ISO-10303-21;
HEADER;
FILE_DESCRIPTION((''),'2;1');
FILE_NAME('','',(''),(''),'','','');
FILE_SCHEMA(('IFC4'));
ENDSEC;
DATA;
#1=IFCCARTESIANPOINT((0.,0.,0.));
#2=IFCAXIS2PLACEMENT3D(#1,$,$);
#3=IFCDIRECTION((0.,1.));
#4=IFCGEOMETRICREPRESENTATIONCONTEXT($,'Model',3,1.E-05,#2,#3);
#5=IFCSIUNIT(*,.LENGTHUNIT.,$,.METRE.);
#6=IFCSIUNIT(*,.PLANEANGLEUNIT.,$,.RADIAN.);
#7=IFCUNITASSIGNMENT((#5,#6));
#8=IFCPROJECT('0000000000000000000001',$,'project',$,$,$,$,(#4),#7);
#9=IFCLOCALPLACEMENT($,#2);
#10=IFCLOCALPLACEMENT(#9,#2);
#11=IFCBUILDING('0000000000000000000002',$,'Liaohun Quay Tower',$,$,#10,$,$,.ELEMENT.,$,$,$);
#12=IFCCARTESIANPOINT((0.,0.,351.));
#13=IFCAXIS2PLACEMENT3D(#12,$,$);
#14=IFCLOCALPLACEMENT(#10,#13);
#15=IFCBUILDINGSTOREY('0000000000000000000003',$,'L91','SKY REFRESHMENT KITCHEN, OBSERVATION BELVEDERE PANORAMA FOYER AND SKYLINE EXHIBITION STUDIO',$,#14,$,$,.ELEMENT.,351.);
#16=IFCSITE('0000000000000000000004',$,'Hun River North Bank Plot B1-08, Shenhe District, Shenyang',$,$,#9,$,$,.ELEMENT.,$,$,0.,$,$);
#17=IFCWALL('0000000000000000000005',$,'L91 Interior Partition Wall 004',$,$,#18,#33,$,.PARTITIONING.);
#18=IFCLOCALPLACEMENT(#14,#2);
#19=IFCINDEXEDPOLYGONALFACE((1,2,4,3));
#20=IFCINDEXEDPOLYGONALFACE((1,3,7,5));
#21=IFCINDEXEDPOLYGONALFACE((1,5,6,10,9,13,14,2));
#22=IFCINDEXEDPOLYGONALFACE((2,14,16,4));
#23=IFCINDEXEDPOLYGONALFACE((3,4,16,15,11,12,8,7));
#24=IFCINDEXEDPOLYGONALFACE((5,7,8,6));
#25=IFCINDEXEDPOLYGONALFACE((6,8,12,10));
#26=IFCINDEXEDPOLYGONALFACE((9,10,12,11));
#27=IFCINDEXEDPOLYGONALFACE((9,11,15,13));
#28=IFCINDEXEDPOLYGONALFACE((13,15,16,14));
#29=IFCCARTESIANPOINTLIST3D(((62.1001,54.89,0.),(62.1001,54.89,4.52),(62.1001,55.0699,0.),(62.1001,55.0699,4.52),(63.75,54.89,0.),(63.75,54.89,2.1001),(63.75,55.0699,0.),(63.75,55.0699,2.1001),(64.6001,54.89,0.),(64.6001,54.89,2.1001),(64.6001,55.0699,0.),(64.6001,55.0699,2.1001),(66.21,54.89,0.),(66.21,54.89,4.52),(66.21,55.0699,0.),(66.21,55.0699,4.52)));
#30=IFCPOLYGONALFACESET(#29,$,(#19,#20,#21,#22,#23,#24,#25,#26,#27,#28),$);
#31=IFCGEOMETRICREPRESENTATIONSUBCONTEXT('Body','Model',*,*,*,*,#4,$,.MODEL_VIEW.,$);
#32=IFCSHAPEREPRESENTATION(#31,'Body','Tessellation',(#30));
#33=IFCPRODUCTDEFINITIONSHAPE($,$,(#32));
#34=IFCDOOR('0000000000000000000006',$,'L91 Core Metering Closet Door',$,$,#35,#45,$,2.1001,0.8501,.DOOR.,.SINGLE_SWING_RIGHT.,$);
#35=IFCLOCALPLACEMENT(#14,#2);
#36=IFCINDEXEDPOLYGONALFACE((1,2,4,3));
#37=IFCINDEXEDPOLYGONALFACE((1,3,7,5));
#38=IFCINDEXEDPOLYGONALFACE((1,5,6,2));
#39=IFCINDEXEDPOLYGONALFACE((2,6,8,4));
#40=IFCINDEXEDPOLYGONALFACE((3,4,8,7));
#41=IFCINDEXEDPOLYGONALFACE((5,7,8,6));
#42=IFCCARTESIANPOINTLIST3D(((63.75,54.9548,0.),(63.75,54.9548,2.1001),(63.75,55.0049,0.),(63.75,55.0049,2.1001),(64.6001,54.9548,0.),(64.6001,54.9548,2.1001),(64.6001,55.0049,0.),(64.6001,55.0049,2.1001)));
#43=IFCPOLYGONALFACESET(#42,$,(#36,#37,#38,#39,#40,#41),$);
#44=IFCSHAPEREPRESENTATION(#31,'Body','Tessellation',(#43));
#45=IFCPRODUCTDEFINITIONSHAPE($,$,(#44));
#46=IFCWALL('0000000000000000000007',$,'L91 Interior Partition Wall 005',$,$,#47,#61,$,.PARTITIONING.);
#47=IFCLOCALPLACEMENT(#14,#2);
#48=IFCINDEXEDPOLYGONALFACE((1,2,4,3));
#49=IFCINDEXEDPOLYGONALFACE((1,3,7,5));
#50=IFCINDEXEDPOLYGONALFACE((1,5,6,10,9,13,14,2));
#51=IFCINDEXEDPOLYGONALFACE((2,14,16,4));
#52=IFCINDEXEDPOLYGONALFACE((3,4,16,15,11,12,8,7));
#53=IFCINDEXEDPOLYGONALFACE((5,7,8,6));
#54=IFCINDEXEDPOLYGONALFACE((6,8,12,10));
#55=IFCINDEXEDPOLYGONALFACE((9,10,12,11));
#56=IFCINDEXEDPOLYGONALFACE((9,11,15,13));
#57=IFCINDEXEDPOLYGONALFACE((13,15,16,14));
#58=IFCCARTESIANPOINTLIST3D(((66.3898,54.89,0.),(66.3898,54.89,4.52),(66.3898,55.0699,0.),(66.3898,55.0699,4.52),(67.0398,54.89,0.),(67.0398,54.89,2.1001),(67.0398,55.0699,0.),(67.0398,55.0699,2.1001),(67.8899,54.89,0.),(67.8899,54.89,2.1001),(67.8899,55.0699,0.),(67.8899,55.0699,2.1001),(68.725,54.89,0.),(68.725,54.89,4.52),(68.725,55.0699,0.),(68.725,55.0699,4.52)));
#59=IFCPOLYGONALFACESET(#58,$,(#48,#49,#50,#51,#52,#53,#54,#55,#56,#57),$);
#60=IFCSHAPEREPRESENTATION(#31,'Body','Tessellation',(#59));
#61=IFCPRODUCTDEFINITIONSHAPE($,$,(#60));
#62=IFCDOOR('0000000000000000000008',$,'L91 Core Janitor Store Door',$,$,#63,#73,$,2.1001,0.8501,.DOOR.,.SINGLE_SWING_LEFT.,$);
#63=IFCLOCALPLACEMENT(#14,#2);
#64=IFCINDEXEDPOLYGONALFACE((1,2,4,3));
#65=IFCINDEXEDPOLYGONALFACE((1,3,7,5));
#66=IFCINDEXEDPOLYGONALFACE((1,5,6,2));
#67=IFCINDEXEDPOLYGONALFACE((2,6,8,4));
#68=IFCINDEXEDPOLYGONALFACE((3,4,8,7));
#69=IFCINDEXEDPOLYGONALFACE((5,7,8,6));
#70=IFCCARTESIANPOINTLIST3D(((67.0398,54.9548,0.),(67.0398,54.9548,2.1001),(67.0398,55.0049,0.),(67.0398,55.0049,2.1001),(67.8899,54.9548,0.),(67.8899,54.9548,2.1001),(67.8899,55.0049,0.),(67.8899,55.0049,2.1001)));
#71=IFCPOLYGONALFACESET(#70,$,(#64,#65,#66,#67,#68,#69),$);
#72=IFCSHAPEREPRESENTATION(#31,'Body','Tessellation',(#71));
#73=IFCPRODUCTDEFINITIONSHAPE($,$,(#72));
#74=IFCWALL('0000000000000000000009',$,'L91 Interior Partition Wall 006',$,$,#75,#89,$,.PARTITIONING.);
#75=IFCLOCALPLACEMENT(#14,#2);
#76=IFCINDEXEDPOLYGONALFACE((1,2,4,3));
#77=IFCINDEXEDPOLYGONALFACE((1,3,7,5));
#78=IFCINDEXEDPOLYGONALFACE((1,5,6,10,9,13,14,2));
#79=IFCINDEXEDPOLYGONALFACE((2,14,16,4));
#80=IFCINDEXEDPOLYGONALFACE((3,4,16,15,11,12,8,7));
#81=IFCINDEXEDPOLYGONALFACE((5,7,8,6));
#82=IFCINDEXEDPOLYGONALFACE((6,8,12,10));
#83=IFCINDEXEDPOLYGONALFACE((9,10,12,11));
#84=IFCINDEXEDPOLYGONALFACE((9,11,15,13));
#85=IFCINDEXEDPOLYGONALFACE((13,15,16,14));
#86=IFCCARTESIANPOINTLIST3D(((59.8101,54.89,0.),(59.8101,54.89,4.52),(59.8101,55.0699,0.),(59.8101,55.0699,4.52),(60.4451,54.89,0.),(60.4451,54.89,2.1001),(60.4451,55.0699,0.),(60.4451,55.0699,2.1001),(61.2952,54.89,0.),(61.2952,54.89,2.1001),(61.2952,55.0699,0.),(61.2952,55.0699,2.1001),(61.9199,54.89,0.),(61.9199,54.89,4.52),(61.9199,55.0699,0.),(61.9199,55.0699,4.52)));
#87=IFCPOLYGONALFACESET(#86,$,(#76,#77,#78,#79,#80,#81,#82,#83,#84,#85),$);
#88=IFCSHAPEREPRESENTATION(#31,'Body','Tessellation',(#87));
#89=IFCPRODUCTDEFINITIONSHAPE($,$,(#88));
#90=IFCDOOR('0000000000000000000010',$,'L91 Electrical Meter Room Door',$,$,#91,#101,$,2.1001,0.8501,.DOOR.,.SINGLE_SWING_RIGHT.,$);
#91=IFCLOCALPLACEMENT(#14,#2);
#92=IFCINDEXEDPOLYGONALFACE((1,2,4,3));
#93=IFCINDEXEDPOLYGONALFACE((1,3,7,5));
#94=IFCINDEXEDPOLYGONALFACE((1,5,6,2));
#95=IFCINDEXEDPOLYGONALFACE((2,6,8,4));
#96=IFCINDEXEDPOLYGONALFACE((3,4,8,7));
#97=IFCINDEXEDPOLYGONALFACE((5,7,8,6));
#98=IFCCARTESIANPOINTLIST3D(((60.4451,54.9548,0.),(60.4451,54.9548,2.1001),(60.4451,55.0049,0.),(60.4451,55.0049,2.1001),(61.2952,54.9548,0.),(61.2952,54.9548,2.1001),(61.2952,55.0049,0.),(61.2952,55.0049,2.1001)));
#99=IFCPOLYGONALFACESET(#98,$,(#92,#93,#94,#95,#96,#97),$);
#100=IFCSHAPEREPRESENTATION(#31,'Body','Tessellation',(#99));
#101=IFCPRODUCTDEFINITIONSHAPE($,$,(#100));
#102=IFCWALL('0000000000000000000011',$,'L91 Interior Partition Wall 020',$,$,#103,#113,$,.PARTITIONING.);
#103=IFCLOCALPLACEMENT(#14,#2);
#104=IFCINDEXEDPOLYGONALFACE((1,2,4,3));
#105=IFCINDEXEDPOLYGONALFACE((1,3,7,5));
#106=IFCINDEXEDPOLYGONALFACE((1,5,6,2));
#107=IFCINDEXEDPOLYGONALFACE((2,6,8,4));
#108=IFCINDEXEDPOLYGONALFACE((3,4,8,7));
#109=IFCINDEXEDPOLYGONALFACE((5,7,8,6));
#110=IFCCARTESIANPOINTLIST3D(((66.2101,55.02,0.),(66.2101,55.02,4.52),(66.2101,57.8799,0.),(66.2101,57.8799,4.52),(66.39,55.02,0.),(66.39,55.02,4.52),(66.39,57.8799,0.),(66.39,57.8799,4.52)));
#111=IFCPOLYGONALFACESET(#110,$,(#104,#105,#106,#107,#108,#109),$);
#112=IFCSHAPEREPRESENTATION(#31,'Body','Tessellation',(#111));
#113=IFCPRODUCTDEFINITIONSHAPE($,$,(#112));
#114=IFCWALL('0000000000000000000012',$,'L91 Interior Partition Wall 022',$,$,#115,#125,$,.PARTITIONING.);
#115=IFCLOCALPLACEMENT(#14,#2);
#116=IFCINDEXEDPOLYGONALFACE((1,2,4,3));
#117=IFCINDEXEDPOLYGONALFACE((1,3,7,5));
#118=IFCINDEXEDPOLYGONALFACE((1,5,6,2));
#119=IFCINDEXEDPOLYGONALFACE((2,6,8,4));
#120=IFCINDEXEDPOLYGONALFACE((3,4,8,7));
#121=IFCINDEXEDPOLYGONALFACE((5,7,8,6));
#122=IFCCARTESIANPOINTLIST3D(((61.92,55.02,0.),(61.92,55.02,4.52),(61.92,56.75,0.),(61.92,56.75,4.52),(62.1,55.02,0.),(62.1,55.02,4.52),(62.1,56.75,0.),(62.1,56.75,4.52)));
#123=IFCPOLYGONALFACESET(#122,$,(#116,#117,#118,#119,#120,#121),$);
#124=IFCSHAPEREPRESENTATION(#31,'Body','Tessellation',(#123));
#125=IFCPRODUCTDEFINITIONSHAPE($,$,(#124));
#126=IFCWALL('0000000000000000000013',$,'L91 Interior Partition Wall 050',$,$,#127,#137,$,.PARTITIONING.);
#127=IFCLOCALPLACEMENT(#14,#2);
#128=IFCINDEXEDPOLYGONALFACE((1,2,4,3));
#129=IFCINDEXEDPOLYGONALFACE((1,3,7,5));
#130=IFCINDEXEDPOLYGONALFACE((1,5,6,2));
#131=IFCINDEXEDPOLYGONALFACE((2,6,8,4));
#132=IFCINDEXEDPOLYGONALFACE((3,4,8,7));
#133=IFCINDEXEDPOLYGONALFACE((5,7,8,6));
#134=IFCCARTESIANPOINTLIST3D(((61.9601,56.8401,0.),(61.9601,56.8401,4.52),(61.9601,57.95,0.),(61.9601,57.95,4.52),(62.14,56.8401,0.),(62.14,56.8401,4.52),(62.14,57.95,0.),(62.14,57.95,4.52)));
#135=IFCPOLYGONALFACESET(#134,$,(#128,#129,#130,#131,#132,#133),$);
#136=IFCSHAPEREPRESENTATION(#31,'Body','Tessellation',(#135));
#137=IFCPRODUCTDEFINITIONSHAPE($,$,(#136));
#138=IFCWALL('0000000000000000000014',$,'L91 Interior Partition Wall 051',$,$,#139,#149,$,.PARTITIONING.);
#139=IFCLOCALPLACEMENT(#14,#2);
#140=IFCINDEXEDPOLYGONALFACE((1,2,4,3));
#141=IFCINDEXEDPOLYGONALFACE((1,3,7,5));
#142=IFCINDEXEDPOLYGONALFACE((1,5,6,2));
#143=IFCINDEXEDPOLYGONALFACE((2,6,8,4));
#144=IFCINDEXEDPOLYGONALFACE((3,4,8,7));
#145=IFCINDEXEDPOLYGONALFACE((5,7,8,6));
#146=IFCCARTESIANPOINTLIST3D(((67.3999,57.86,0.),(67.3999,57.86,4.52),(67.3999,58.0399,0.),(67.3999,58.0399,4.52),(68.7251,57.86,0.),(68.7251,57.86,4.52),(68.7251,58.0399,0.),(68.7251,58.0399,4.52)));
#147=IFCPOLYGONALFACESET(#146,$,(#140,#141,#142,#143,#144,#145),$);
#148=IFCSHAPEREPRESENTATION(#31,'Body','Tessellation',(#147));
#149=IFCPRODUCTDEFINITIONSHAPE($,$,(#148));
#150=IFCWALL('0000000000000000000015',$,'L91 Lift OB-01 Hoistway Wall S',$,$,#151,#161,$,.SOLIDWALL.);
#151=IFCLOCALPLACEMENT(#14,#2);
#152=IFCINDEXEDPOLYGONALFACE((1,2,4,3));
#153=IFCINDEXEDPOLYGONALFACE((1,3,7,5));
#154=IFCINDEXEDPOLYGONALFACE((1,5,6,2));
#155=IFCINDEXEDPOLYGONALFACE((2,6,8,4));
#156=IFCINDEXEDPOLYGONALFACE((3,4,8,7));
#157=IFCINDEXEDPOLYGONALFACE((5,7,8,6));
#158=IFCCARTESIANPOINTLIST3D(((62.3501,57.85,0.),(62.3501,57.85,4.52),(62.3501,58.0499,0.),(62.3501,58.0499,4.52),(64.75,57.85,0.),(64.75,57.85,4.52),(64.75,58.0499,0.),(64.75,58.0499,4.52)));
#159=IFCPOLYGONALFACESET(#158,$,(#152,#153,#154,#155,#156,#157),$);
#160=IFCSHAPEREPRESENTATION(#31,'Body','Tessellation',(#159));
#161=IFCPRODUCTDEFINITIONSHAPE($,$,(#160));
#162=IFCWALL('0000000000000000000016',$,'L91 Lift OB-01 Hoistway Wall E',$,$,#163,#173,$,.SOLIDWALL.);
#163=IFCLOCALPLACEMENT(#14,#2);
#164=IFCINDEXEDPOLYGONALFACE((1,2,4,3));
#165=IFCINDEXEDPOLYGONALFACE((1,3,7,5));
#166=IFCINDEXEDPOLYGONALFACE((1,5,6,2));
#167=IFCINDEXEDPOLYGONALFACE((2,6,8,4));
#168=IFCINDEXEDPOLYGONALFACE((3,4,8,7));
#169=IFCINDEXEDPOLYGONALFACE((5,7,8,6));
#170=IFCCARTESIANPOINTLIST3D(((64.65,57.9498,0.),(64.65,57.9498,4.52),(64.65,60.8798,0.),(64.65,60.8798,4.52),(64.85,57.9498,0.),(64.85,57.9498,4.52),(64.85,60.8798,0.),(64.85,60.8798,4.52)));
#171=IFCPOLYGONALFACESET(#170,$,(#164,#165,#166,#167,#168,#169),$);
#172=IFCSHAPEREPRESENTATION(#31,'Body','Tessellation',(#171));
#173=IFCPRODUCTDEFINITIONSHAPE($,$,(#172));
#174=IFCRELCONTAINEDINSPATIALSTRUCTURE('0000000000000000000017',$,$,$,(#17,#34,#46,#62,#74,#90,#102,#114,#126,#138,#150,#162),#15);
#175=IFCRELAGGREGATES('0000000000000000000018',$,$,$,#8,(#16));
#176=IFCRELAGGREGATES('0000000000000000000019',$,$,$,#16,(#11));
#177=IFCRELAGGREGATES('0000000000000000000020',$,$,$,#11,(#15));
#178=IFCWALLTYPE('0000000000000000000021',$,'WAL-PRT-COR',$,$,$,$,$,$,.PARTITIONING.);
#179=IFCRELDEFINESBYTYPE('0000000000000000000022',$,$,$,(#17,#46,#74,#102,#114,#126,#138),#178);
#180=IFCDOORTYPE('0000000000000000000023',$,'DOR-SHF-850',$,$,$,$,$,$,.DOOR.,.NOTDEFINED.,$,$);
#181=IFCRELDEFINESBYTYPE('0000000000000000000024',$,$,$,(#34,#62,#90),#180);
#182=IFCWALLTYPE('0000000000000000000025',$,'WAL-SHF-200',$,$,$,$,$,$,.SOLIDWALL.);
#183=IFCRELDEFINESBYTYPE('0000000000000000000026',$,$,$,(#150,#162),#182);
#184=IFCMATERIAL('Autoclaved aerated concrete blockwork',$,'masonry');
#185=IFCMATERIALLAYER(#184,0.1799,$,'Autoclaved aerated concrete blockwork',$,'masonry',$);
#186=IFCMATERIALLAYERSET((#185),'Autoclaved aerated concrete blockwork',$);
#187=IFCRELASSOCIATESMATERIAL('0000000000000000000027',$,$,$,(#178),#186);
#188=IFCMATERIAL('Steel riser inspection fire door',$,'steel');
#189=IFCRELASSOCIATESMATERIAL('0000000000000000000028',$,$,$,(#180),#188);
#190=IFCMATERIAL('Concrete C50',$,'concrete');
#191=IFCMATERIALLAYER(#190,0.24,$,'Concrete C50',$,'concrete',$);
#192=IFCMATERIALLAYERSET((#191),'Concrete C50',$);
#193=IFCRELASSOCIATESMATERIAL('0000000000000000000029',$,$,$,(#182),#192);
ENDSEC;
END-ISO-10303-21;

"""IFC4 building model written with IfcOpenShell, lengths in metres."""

from ifc_helpers import new_model, si_unit, direction, frame, frame_2d, origin, place, context, subcontext, project, spatial, rectangle, extrude, source, transform, mapped, material, layer, layer_set, type_object, element, fill, save


model = new_model("IFC4")

# Units and contexts
model_context = context("Model", 3, precision=1e-05, world=origin(), true_north=direction((0.0, 1.0)))
body_context = subcontext(model_context, "Body", "Model", "MODEL_VIEW")
ifc_project = project(units=[si_unit("LENGTHUNIT", "METRE"), si_unit("PLANEANGLEUNIT", "RADIAN")], contexts=[model_context])

# Site, building, storey
site_placement = place(None, origin())
site = spatial("IfcSite", under=ifc_project, at=site_placement, Name="Hun River North Bank Plot B1-08, Shenhe District, Shenyang", CompositionType="ELEMENT", RefElevation=0.0)
building_placement = place(site_placement, origin())
building = spatial("IfcBuilding", under=site, at=building_placement, Name="Liaohun Quay Tower", CompositionType="ELEMENT")
storey_placement = place(building_placement, frame((0.0, 0.0, 351.0)))
storey = spatial("IfcBuildingStorey", under=building, at=storey_placement, Name="L91", Description="SKY REFRESHMENT KITCHEN, OBSERVATION BELVEDERE PANORAMA FOYER AND SKYLINE EXHIBITION STUDIO", CompositionType="ELEMENT", Elevation=351.0)

# Shared definitions
ifc_material_1 = material(Name="Concrete C50", Category="concrete")

# Walls, openings, doors
ifc_material_2 = material(Name="Autoclaved aerated concrete blockwork", Category="masonry")
ifc_layer_1 = layer(ifc_material_2, 0.1799, Name="Autoclaved aerated concrete blockwork", Category="masonry")
ifc_layer_set_1 = layer_set([ifc_layer_1], Name="Autoclaved aerated concrete blockwork")
wall_type_1 = type_object("IfcWallType", Name="WAL-PRT-COR", PredefinedType="PARTITIONING", material=ifc_layer_set_1)
wall_1_placement = place(storey_placement, frame((62.1001, 54.98, 0.0), z_axis=(0.0, 0.0, 1.0), x_axis=(1.0, 0.0, 0.0)))
wall_1 = element("IfcWall", 1, at=wall_1_placement, inside=storey, type_object=wall_type_1, Name="L91 Interior Partition Wall 004", PredefinedType="PARTITIONING", context=body_context, shape_type="SweptSolid", body=[
    extrude(rectangle(XDim=4.1099, YDim=0.1799, at=frame_2d((2.0549, 0.0))), origin(), (0.0, 0.0, 1.0), 4.52),
])
shared_shape_1 = source(origin(), body_context, "Body", "SweptSolid", [
    extrude(rectangle(XDim=0.8501, YDim=2.1001, at=frame_2d((0.425, 1.05))), frame((0.0, 0.0999, 0.0), z_axis=(0.0, -1.0, 0.0), x_axis=(1.0, 0.0, 0.0)), (0.0, 0.0, 1.0), 0.2),
])
opening_1_placement = place(wall_1_placement, frame((1.6499, 0.0, 0.0)))
opening_1 = element("IfcOpeningElement", 2, at=opening_1_placement, cuts=wall_1, PredefinedType="OPENING", context=body_context, shape_type="MappedRepresentation", body=[
    mapped(shared_shape_1, transform((0.0, 0.0, 0.0), x_axis=(1.0, 0.0, 0.0), y_axis=(0.0, 1.0, 0.0), z_axis=(0.0, 0.0, 1.0), scale=1.0)),
])
ifc_material_3 = material(Name="Steel riser inspection fire door", Category="steel")
door_type_1 = type_object("IfcDoorType", Name="DOR-SHF-850", OperationType="NOTDEFINED", PredefinedType="DOOR", material=ifc_material_3)
shared_shape_2 = source(origin(), body_context, "Body", "SweptSolid", [
    extrude(rectangle(XDim=0.8501, YDim=2.1001, at=frame_2d((0.425, 1.05))), frame((0.0, 0.0249, 0.0), z_axis=(0.0, -1.0, 0.0), x_axis=(1.0, 0.0, 0.0)), (0.0, 0.0, 1.0), 0.05),
])
door_1_placement = place(opening_1_placement, origin())
door_1 = element("IfcDoor", 3, at=door_1_placement, inside=storey, type_object=door_type_1, Name="L91 Core Metering Closet Door", OperationType="SINGLE_SWING_RIGHT", OverallHeight=2.1001, OverallWidth=0.8501, PredefinedType="DOOR", context=body_context, shape_type="MappedRepresentation", body=[
    mapped(shared_shape_2, transform((0.0, 0.0, 0.0), x_axis=(1.0, 0.0, 0.0), y_axis=(0.0, 1.0, 0.0), z_axis=(0.0, 0.0, 1.0), scale=1.0)),
])
fill(opening_1, door_1)
wall_2_placement = place(storey_placement, frame((66.3899, 54.98, 0.0), z_axis=(0.0, 0.0, 1.0), x_axis=(1.0, 0.0, 0.0)))
wall_2 = element("IfcWall", 4, at=wall_2_placement, inside=storey, type_object=wall_type_1, Name="L91 Interior Partition Wall 005", PredefinedType="PARTITIONING", context=body_context, shape_type="SweptSolid", body=[
    extrude(rectangle(XDim=2.3352, YDim=0.1799, at=frame_2d((1.1675, 0.0))), origin(), (0.0, 0.0, 1.0), 4.52),
])
opening_2_placement = place(wall_2_placement, frame((0.6499, 0.0, 0.0)))
opening_2 = element("IfcOpeningElement", 5, at=opening_2_placement, cuts=wall_2, PredefinedType="OPENING", context=body_context, shape_type="MappedRepresentation", body=[
    mapped(shared_shape_1, transform((0.0, 0.0, 0.0), x_axis=(1.0, 0.0, 0.0), y_axis=(0.0, 1.0, 0.0), z_axis=(0.0, 0.0, 1.0), scale=1.0)),
])
door_2_placement = place(opening_2_placement, origin())
door_2 = element("IfcDoor", 6, at=door_2_placement, inside=storey, type_object=door_type_1, Name="L91 Core Janitor Store Door", OperationType="SINGLE_SWING_LEFT", OverallHeight=2.1001, OverallWidth=0.8501, PredefinedType="DOOR", context=body_context, shape_type="MappedRepresentation", body=[
    mapped(shared_shape_2, transform((0.0, 0.0, 0.0), x_axis=(1.0, 0.0, 0.0), y_axis=(0.0, 1.0, 0.0), z_axis=(0.0, 0.0, 1.0), scale=1.0)),
])
fill(opening_2, door_2)
wall_3_placement = place(storey_placement, frame((59.8101, 54.98, 0.0), z_axis=(0.0, 0.0, 1.0), x_axis=(1.0, 0.0, 0.0)))
wall_3 = element("IfcWall", 7, at=wall_3_placement, inside=storey, type_object=wall_type_1, Name="L91 Interior Partition Wall 006", PredefinedType="PARTITIONING", context=body_context, shape_type="SweptSolid", body=[
    extrude(rectangle(XDim=2.1099, YDim=0.1799, at=frame_2d((1.0549, 0.0))), origin(), (0.0, 0.0, 1.0), 4.52),
])
opening_3_placement = place(wall_3_placement, frame((0.635, 0.0, 0.0)))
opening_3 = element("IfcOpeningElement", 8, at=opening_3_placement, cuts=wall_3, PredefinedType="OPENING", context=body_context, shape_type="MappedRepresentation", body=[
    mapped(shared_shape_1, transform((0.0, 0.0, 0.0), x_axis=(1.0, 0.0, 0.0), y_axis=(0.0, 1.0, 0.0), z_axis=(0.0, 0.0, 1.0), scale=1.0)),
])
door_3_placement = place(opening_3_placement, origin())
door_3 = element("IfcDoor", 9, at=door_3_placement, inside=storey, type_object=door_type_1, Name="L91 Electrical Meter Room Door", OperationType="SINGLE_SWING_RIGHT", OverallHeight=2.1001, OverallWidth=0.8501, PredefinedType="DOOR", context=body_context, shape_type="MappedRepresentation", body=[
    mapped(shared_shape_2, transform((0.0, 0.0, 0.0), x_axis=(1.0, 0.0, 0.0), y_axis=(0.0, 1.0, 0.0), z_axis=(0.0, 0.0, 1.0), scale=1.0)),
])
fill(opening_3, door_3)

# Walls
wall_4_placement = place(storey_placement, frame((66.3, 55.02, 0.0), z_axis=(0.0, 0.0, 1.0), x_axis=(0.0, 1.0, 0.0)))
element("IfcWall", 10, at=wall_4_placement, inside=storey, type_object=wall_type_1, Name="L91 Interior Partition Wall 020", PredefinedType="PARTITIONING", context=body_context, shape_type="SweptSolid", body=[
    extrude(rectangle(XDim=2.8599, YDim=0.1799, at=frame_2d((1.4299, 0.0))), origin(), (0.0, 0.0, 1.0), 4.52),
])
wall_5_placement = place(storey_placement, frame((62.01, 55.02, 0.0), z_axis=(0.0, 0.0, 1.0), x_axis=(0.0, 1.0, 0.0)))
element("IfcWall", 11, at=wall_5_placement, inside=storey, type_object=wall_type_1, Name="L91 Interior Partition Wall 022", PredefinedType="PARTITIONING", context=body_context, shape_type="SweptSolid", body=[
    extrude(rectangle(XDim=1.73, YDim=0.1799, at=frame_2d((0.865, 0.0))), origin(), (0.0, 0.0, 1.0), 4.52),
])
wall_6_placement = place(storey_placement, frame((62.05, 56.8401, 0.0), z_axis=(0.0, 0.0, 1.0), x_axis=(0.0, 1.0, 0.0)))
element("IfcWall", 12, at=wall_6_placement, inside=storey, type_object=wall_type_1, Name="L91 Interior Partition Wall 050", PredefinedType="PARTITIONING", context=body_context, shape_type="SweptSolid", body=[
    extrude(rectangle(XDim=1.1099, YDim=0.1799, at=frame_2d((0.5549, 0.0))), origin(), (0.0, 0.0, 1.0), 4.52),
])
wall_7_placement = place(storey_placement, frame((67.3999, 57.95, 0.0), z_axis=(0.0, 0.0, 1.0), x_axis=(1.0, 0.0, 0.0)))
element("IfcWall", 13, at=wall_7_placement, inside=storey, type_object=wall_type_1, Name="L91 Interior Partition Wall 051", PredefinedType="PARTITIONING", context=body_context, shape_type="SweptSolid", body=[
    extrude(rectangle(XDim=1.3252, YDim=0.1799, at=frame_2d((0.6626, 0.0))), origin(), (0.0, 0.0, 1.0), 4.52),
])
ifc_layer_2 = layer(ifc_material_1, 0.24, Name="Concrete C50", Category="concrete")
ifc_layer_set_2 = layer_set([ifc_layer_2], Name="Concrete C50")
wall_type_2 = type_object("IfcWallType", Name="WAL-SHF-200", PredefinedType="SOLIDWALL", material=ifc_layer_set_2)
wall_8_placement = place(storey_placement, frame((62.3501, 57.95, 0.0), z_axis=(0.0, 0.0, 1.0), x_axis=(1.0, 0.0, 0.0)))
element("IfcWall", 14, at=wall_8_placement, inside=storey, type_object=wall_type_2, Name="L91 Lift OB-01 Hoistway Wall S", PredefinedType="SOLIDWALL", context=body_context, shape_type="SweptSolid", body=[
    extrude(rectangle(XDim=2.3999, YDim=0.2, at=frame_2d((1.2, 0.0))), origin(), (0.0, 0.0, 1.0), 4.52),
])
wall_9_placement = place(storey_placement, frame((64.75, 57.95, 0.0), z_axis=(0.0, 0.0, 1.0), x_axis=(0.0, 1.0, 0.0)))
element("IfcWall", 15, at=wall_9_placement, inside=storey, type_object=wall_type_2, Name="L91 Lift OB-01 Hoistway Wall E", PredefinedType="SOLIDWALL", context=body_context, shape_type="SweptSolid", body=[
    extrude(rectangle(XDim=2.9299, YDim=0.2, at=frame_2d((1.4648, 0.0))), origin(), (0.0, 0.0, 1.0), 4.52),
])

save(model, "model.ifc")
